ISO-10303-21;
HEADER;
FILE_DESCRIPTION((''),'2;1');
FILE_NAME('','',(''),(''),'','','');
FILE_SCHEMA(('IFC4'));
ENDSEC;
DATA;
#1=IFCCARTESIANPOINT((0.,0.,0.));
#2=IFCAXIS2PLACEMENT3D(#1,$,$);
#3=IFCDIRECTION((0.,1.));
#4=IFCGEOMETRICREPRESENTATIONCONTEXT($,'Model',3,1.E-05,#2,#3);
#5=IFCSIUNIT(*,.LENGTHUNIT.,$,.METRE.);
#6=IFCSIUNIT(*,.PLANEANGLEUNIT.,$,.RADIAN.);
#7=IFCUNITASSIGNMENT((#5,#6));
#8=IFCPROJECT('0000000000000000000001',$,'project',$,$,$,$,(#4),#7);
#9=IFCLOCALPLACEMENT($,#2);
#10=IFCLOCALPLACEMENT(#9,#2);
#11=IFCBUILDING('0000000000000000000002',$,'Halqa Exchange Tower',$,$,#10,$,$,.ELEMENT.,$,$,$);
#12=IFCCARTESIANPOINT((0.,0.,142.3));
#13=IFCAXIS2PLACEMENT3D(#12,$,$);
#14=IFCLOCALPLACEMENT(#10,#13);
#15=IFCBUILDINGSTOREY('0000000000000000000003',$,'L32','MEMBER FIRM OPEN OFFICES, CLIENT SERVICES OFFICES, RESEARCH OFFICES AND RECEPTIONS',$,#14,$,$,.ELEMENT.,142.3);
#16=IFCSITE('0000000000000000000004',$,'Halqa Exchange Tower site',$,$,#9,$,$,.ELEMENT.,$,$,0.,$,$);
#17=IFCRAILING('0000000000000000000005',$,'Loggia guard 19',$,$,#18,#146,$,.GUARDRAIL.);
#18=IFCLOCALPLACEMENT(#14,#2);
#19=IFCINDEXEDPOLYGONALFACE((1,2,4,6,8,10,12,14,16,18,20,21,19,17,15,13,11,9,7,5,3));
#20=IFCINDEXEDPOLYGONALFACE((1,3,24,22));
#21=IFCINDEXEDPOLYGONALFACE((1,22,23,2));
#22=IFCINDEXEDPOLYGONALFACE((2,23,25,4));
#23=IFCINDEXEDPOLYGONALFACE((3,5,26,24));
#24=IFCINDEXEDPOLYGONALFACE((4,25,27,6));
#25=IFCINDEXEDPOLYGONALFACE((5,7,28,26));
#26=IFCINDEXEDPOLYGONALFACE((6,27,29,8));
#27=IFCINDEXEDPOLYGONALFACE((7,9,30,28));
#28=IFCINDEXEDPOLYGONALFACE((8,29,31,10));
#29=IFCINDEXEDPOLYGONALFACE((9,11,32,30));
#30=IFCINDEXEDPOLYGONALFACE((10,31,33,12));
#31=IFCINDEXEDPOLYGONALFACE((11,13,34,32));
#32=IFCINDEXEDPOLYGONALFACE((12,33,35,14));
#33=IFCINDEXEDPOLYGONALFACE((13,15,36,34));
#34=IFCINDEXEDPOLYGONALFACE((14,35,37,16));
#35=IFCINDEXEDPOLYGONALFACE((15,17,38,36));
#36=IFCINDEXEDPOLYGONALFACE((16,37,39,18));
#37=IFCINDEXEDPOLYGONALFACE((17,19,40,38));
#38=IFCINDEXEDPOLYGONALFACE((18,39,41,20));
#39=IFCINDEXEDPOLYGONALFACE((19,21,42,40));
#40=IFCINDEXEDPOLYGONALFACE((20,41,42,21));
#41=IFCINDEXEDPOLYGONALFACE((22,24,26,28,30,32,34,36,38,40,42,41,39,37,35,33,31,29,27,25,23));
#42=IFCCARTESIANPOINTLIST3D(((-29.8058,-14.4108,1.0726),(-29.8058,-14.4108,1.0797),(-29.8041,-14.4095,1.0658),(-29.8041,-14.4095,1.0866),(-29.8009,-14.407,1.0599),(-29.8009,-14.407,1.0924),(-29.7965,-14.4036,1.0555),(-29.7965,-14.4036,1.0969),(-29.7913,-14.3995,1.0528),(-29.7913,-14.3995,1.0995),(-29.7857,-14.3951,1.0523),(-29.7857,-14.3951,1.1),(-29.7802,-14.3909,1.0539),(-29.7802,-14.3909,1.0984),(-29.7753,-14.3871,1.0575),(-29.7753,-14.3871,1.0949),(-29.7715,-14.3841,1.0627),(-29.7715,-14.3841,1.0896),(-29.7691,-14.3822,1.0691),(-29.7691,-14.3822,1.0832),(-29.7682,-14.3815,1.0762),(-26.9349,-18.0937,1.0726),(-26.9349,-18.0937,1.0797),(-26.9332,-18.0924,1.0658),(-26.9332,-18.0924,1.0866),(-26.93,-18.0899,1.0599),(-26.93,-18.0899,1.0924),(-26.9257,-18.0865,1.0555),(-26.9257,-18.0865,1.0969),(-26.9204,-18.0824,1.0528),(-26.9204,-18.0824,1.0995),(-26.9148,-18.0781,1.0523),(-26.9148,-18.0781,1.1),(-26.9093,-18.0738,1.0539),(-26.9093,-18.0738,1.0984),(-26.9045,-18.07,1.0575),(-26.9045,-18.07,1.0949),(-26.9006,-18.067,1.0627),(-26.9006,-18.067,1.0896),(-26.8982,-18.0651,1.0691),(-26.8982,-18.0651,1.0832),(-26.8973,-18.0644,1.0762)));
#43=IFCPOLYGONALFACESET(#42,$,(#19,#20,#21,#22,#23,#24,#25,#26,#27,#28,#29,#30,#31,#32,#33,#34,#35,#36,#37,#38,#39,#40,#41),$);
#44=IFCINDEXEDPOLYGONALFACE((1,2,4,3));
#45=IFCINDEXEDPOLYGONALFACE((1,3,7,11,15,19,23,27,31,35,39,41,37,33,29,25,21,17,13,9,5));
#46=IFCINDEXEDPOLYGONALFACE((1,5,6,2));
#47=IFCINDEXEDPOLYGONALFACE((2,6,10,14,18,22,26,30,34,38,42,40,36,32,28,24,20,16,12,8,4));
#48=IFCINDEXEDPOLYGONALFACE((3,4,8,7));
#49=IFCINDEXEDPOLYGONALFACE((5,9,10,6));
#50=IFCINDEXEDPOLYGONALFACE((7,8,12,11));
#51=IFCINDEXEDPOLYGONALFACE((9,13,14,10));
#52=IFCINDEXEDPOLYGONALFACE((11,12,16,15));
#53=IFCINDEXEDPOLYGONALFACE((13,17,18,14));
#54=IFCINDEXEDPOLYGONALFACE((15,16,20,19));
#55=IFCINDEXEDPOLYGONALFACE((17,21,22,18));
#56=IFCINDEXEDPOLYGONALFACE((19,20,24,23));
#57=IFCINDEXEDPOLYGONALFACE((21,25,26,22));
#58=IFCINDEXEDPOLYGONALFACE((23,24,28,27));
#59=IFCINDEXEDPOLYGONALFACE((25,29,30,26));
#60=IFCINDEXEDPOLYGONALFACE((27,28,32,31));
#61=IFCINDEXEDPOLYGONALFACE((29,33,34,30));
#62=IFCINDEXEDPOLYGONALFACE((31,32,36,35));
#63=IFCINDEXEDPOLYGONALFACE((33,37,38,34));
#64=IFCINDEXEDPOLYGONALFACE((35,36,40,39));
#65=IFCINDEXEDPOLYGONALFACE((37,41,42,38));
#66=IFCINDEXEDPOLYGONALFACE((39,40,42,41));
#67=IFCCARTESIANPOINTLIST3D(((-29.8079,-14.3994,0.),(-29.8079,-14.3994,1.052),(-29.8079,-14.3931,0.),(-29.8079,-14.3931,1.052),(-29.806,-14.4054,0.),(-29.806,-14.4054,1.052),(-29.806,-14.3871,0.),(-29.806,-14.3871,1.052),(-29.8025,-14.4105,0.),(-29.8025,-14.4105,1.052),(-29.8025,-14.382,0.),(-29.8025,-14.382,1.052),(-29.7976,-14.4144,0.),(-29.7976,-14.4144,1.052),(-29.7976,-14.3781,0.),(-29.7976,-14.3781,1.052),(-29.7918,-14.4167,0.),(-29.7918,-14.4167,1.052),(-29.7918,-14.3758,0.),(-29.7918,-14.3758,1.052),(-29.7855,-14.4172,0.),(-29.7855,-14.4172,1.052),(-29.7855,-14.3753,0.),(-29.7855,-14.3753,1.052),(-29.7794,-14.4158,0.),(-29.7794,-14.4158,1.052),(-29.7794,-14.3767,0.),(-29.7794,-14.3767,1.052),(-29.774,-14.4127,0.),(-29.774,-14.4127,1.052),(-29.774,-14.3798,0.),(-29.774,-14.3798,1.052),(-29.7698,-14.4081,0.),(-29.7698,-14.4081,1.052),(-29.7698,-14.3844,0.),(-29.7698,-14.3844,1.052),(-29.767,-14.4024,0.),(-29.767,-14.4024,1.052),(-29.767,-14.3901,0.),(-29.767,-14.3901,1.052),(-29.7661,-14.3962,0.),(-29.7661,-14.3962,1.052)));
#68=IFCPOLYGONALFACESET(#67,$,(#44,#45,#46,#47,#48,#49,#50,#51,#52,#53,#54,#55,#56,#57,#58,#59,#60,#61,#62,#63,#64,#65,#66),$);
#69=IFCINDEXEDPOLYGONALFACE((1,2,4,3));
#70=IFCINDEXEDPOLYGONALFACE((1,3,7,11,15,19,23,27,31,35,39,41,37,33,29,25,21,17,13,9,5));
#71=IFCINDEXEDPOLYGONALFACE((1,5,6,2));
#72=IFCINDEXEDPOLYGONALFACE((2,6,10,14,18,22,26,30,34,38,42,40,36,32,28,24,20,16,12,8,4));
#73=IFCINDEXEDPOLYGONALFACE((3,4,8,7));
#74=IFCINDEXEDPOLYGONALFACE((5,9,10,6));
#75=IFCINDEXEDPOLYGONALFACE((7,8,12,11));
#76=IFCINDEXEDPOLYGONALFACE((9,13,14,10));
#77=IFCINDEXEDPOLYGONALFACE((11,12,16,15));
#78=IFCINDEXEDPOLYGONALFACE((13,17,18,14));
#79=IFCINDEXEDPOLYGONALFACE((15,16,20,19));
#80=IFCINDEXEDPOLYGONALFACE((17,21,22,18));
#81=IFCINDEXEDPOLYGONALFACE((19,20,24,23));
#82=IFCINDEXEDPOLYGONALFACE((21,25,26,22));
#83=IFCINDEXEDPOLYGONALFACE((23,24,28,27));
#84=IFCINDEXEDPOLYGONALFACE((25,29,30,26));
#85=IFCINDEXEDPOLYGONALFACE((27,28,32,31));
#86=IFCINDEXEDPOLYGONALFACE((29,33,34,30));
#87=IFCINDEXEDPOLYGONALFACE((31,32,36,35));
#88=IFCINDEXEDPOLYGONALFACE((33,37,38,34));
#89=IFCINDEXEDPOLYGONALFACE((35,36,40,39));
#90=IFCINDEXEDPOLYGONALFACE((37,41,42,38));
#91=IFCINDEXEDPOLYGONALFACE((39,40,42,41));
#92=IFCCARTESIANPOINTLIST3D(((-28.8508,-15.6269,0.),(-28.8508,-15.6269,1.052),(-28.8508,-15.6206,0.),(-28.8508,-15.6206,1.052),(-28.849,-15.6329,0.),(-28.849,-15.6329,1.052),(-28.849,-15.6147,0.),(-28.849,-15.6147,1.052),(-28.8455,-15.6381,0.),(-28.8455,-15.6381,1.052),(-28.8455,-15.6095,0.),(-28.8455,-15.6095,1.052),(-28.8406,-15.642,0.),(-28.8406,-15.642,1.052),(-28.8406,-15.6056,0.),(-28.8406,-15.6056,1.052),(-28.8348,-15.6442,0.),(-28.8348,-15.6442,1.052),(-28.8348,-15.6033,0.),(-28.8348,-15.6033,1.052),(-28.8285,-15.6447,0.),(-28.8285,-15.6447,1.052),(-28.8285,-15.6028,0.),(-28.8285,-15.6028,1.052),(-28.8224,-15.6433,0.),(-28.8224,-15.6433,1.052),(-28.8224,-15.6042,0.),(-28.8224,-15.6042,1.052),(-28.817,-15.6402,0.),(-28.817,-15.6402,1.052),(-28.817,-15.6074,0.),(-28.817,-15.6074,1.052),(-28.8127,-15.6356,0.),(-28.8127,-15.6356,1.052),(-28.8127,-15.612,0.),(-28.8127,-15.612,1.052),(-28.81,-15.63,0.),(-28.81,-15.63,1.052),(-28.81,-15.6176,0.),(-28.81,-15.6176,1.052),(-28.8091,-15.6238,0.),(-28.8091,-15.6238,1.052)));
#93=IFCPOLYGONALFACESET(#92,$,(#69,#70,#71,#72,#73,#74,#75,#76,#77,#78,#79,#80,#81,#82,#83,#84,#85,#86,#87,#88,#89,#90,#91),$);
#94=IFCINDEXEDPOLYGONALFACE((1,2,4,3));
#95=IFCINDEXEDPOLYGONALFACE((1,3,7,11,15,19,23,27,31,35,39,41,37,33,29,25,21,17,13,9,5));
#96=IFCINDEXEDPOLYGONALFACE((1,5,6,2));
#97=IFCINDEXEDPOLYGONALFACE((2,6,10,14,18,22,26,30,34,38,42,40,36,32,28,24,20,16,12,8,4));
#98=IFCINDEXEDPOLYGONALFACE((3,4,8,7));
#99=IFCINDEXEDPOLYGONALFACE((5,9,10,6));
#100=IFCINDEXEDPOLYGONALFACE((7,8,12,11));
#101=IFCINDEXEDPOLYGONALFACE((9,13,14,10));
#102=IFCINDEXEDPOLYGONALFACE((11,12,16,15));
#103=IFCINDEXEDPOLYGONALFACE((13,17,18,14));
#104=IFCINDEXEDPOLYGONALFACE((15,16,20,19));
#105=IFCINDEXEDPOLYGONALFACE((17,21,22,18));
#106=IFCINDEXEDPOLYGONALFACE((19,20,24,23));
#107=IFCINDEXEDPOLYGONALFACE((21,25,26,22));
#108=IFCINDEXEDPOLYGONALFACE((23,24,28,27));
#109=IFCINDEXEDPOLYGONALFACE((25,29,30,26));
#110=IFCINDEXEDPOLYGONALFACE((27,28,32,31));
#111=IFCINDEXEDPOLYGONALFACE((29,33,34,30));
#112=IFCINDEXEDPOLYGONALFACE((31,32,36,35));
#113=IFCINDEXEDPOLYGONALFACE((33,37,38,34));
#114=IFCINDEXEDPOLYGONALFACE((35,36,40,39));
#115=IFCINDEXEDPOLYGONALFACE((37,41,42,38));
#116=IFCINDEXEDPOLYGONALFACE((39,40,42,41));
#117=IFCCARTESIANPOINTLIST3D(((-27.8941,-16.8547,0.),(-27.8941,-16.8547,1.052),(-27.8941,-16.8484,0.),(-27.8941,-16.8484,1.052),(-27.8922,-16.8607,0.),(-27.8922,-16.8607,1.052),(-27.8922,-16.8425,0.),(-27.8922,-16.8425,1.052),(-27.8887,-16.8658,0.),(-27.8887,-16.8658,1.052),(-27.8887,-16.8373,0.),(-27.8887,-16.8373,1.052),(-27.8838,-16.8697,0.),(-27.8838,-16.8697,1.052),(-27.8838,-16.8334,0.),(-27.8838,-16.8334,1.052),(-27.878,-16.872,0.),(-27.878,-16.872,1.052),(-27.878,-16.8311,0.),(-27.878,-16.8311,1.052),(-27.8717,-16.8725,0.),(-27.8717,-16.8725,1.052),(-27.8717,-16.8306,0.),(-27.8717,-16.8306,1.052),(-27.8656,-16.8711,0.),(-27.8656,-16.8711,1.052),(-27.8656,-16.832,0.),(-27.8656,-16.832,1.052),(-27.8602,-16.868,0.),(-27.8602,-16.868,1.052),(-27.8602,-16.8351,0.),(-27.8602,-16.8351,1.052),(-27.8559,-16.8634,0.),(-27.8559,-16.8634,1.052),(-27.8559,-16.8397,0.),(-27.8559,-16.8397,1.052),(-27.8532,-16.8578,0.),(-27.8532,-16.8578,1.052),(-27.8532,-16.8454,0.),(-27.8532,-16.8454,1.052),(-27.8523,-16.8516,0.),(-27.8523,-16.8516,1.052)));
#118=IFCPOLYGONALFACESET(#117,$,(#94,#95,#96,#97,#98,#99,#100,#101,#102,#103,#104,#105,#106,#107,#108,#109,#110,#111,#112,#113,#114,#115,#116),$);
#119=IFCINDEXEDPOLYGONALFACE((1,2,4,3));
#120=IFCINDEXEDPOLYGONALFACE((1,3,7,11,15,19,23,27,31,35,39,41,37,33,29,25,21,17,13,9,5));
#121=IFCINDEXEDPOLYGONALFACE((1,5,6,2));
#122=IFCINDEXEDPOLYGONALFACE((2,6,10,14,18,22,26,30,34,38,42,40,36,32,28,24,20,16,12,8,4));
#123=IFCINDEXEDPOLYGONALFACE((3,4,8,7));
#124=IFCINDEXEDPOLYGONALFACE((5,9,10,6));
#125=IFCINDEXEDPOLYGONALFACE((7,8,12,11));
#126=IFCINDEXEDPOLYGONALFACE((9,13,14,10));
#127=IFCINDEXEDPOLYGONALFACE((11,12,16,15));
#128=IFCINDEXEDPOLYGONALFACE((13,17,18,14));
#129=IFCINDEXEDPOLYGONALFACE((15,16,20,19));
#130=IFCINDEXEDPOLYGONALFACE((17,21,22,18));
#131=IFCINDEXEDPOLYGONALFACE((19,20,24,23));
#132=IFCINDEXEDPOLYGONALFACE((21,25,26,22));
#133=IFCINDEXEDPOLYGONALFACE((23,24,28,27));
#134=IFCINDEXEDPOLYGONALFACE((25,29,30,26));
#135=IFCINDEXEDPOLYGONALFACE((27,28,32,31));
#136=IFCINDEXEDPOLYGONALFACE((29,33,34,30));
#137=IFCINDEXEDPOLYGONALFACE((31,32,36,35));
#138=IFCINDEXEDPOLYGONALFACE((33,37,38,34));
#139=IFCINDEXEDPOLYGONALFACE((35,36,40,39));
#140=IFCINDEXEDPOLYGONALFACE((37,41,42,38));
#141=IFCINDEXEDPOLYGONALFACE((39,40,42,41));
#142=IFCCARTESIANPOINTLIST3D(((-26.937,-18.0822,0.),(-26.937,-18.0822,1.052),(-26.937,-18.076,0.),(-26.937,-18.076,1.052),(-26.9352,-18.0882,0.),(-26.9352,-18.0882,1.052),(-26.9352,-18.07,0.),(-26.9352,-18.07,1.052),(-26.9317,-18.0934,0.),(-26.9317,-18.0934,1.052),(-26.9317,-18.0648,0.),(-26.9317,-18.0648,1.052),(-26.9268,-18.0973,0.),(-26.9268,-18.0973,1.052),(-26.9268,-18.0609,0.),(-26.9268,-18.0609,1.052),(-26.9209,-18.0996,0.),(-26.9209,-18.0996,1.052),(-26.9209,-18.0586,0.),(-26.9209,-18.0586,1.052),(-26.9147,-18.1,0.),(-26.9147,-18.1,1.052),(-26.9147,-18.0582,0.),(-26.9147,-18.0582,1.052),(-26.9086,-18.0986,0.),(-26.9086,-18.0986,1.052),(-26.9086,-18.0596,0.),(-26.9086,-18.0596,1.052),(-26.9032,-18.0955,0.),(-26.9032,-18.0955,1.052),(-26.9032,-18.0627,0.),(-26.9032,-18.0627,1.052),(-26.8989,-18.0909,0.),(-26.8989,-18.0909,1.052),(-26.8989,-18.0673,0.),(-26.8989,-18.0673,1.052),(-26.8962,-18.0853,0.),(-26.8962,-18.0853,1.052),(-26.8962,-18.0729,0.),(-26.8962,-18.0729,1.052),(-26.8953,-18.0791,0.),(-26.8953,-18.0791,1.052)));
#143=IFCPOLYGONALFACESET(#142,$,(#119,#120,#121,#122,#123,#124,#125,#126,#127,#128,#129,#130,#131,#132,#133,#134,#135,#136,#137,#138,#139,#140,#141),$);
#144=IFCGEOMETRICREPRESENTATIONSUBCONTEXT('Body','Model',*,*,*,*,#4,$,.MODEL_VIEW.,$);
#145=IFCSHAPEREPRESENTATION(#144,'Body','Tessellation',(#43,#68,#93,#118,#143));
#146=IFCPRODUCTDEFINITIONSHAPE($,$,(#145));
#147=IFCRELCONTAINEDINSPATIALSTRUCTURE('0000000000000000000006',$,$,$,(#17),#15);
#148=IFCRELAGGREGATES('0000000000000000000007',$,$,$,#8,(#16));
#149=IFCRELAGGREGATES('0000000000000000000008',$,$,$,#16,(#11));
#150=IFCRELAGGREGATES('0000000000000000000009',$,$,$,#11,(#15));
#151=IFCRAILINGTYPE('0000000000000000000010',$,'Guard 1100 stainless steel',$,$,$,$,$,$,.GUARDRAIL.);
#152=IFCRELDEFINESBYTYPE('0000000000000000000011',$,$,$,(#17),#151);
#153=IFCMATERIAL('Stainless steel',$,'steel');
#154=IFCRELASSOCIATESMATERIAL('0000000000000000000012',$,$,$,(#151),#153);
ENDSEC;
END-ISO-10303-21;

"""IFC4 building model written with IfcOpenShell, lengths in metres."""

from ifc_helpers import new_model, si_unit, direction, frame, origin, origin_2d, place, context, subcontext, project, spatial, circle, extrude, material, type_object, element, save


model = new_model("IFC4")

# Units and contexts
model_context = context("Model", 3, precision=1e-05, world=origin(), true_north=direction((0.0, 1.0)))
body_context = subcontext(model_context, "Body", "Model", "MODEL_VIEW")
ifc_project = project(units=[si_unit("LENGTHUNIT", "METRE"), si_unit("PLANEANGLEUNIT", "RADIAN")], contexts=[model_context])

# Site, building, storey
site_placement = place(None, origin())
site = spatial("IfcSite", under=ifc_project, at=site_placement, Name="Halqa Exchange Tower site", CompositionType="ELEMENT", RefElevation=0.0)
building_placement = place(site_placement, origin())
building = spatial("IfcBuilding", under=site, at=building_placement, Name="Halqa Exchange Tower", CompositionType="ELEMENT")
storey_placement = place(building_placement, frame((0.0, 0.0, 142.3)))
storey = spatial("IfcBuildingStorey", under=building, at=storey_placement, Name="L32", Description="MEMBER FIRM OPEN OFFICES, CLIENT SERVICES OFFICES, RESEARCH OFFICES AND RECEPTIONS", CompositionType="ELEMENT", Elevation=142.3)

# Railing
ifc_material_1 = material(Name="Stainless steel", Category="steel")
railing_type = type_object("IfcRailingType", Name="Guard 1100 stainless steel", PredefinedType="GUARDRAIL", material=ifc_material_1)
railing_1_placement = place(storey_placement, frame((-29.7871, -14.3962, 0.0)))
element("IfcRailing", 1, at=railing_1_placement, inside=storey, type_object=railing_type, Name="Loggia guard 19", PredefinedType="GUARDRAIL", context=body_context, shape_type="SweptSolid", body=[
    extrude(circle(Radius=0.0239, at=origin_2d()), frame((0.0, 0.0, 1.0762), z_axis=(0.614794, -0.788687, 0.0), x_axis=(0.788687, 0.614794, 0.0)), (0.0, 0.0, 1.0), 4.6697),
    extrude(circle(Radius=0.021, at=origin_2d()), origin(), (0.0, 0.0, 1.0), 1.052),
    extrude(circle(Radius=0.021, at=origin_2d()), frame((0.957, -1.2275, 0.0)), (0.0, 0.0, 1.0), 1.052),
    extrude(circle(Radius=0.021, at=origin_2d()), frame((1.9138, -2.4553, 0.0)), (0.0, 0.0, 1.0), 1.052),
    extrude(circle(Radius=0.021, at=origin_2d()), frame((2.8708, -3.6829, 0.0)), (0.0, 0.0, 1.0), 1.052),
])

save(model, "model.ifc")
